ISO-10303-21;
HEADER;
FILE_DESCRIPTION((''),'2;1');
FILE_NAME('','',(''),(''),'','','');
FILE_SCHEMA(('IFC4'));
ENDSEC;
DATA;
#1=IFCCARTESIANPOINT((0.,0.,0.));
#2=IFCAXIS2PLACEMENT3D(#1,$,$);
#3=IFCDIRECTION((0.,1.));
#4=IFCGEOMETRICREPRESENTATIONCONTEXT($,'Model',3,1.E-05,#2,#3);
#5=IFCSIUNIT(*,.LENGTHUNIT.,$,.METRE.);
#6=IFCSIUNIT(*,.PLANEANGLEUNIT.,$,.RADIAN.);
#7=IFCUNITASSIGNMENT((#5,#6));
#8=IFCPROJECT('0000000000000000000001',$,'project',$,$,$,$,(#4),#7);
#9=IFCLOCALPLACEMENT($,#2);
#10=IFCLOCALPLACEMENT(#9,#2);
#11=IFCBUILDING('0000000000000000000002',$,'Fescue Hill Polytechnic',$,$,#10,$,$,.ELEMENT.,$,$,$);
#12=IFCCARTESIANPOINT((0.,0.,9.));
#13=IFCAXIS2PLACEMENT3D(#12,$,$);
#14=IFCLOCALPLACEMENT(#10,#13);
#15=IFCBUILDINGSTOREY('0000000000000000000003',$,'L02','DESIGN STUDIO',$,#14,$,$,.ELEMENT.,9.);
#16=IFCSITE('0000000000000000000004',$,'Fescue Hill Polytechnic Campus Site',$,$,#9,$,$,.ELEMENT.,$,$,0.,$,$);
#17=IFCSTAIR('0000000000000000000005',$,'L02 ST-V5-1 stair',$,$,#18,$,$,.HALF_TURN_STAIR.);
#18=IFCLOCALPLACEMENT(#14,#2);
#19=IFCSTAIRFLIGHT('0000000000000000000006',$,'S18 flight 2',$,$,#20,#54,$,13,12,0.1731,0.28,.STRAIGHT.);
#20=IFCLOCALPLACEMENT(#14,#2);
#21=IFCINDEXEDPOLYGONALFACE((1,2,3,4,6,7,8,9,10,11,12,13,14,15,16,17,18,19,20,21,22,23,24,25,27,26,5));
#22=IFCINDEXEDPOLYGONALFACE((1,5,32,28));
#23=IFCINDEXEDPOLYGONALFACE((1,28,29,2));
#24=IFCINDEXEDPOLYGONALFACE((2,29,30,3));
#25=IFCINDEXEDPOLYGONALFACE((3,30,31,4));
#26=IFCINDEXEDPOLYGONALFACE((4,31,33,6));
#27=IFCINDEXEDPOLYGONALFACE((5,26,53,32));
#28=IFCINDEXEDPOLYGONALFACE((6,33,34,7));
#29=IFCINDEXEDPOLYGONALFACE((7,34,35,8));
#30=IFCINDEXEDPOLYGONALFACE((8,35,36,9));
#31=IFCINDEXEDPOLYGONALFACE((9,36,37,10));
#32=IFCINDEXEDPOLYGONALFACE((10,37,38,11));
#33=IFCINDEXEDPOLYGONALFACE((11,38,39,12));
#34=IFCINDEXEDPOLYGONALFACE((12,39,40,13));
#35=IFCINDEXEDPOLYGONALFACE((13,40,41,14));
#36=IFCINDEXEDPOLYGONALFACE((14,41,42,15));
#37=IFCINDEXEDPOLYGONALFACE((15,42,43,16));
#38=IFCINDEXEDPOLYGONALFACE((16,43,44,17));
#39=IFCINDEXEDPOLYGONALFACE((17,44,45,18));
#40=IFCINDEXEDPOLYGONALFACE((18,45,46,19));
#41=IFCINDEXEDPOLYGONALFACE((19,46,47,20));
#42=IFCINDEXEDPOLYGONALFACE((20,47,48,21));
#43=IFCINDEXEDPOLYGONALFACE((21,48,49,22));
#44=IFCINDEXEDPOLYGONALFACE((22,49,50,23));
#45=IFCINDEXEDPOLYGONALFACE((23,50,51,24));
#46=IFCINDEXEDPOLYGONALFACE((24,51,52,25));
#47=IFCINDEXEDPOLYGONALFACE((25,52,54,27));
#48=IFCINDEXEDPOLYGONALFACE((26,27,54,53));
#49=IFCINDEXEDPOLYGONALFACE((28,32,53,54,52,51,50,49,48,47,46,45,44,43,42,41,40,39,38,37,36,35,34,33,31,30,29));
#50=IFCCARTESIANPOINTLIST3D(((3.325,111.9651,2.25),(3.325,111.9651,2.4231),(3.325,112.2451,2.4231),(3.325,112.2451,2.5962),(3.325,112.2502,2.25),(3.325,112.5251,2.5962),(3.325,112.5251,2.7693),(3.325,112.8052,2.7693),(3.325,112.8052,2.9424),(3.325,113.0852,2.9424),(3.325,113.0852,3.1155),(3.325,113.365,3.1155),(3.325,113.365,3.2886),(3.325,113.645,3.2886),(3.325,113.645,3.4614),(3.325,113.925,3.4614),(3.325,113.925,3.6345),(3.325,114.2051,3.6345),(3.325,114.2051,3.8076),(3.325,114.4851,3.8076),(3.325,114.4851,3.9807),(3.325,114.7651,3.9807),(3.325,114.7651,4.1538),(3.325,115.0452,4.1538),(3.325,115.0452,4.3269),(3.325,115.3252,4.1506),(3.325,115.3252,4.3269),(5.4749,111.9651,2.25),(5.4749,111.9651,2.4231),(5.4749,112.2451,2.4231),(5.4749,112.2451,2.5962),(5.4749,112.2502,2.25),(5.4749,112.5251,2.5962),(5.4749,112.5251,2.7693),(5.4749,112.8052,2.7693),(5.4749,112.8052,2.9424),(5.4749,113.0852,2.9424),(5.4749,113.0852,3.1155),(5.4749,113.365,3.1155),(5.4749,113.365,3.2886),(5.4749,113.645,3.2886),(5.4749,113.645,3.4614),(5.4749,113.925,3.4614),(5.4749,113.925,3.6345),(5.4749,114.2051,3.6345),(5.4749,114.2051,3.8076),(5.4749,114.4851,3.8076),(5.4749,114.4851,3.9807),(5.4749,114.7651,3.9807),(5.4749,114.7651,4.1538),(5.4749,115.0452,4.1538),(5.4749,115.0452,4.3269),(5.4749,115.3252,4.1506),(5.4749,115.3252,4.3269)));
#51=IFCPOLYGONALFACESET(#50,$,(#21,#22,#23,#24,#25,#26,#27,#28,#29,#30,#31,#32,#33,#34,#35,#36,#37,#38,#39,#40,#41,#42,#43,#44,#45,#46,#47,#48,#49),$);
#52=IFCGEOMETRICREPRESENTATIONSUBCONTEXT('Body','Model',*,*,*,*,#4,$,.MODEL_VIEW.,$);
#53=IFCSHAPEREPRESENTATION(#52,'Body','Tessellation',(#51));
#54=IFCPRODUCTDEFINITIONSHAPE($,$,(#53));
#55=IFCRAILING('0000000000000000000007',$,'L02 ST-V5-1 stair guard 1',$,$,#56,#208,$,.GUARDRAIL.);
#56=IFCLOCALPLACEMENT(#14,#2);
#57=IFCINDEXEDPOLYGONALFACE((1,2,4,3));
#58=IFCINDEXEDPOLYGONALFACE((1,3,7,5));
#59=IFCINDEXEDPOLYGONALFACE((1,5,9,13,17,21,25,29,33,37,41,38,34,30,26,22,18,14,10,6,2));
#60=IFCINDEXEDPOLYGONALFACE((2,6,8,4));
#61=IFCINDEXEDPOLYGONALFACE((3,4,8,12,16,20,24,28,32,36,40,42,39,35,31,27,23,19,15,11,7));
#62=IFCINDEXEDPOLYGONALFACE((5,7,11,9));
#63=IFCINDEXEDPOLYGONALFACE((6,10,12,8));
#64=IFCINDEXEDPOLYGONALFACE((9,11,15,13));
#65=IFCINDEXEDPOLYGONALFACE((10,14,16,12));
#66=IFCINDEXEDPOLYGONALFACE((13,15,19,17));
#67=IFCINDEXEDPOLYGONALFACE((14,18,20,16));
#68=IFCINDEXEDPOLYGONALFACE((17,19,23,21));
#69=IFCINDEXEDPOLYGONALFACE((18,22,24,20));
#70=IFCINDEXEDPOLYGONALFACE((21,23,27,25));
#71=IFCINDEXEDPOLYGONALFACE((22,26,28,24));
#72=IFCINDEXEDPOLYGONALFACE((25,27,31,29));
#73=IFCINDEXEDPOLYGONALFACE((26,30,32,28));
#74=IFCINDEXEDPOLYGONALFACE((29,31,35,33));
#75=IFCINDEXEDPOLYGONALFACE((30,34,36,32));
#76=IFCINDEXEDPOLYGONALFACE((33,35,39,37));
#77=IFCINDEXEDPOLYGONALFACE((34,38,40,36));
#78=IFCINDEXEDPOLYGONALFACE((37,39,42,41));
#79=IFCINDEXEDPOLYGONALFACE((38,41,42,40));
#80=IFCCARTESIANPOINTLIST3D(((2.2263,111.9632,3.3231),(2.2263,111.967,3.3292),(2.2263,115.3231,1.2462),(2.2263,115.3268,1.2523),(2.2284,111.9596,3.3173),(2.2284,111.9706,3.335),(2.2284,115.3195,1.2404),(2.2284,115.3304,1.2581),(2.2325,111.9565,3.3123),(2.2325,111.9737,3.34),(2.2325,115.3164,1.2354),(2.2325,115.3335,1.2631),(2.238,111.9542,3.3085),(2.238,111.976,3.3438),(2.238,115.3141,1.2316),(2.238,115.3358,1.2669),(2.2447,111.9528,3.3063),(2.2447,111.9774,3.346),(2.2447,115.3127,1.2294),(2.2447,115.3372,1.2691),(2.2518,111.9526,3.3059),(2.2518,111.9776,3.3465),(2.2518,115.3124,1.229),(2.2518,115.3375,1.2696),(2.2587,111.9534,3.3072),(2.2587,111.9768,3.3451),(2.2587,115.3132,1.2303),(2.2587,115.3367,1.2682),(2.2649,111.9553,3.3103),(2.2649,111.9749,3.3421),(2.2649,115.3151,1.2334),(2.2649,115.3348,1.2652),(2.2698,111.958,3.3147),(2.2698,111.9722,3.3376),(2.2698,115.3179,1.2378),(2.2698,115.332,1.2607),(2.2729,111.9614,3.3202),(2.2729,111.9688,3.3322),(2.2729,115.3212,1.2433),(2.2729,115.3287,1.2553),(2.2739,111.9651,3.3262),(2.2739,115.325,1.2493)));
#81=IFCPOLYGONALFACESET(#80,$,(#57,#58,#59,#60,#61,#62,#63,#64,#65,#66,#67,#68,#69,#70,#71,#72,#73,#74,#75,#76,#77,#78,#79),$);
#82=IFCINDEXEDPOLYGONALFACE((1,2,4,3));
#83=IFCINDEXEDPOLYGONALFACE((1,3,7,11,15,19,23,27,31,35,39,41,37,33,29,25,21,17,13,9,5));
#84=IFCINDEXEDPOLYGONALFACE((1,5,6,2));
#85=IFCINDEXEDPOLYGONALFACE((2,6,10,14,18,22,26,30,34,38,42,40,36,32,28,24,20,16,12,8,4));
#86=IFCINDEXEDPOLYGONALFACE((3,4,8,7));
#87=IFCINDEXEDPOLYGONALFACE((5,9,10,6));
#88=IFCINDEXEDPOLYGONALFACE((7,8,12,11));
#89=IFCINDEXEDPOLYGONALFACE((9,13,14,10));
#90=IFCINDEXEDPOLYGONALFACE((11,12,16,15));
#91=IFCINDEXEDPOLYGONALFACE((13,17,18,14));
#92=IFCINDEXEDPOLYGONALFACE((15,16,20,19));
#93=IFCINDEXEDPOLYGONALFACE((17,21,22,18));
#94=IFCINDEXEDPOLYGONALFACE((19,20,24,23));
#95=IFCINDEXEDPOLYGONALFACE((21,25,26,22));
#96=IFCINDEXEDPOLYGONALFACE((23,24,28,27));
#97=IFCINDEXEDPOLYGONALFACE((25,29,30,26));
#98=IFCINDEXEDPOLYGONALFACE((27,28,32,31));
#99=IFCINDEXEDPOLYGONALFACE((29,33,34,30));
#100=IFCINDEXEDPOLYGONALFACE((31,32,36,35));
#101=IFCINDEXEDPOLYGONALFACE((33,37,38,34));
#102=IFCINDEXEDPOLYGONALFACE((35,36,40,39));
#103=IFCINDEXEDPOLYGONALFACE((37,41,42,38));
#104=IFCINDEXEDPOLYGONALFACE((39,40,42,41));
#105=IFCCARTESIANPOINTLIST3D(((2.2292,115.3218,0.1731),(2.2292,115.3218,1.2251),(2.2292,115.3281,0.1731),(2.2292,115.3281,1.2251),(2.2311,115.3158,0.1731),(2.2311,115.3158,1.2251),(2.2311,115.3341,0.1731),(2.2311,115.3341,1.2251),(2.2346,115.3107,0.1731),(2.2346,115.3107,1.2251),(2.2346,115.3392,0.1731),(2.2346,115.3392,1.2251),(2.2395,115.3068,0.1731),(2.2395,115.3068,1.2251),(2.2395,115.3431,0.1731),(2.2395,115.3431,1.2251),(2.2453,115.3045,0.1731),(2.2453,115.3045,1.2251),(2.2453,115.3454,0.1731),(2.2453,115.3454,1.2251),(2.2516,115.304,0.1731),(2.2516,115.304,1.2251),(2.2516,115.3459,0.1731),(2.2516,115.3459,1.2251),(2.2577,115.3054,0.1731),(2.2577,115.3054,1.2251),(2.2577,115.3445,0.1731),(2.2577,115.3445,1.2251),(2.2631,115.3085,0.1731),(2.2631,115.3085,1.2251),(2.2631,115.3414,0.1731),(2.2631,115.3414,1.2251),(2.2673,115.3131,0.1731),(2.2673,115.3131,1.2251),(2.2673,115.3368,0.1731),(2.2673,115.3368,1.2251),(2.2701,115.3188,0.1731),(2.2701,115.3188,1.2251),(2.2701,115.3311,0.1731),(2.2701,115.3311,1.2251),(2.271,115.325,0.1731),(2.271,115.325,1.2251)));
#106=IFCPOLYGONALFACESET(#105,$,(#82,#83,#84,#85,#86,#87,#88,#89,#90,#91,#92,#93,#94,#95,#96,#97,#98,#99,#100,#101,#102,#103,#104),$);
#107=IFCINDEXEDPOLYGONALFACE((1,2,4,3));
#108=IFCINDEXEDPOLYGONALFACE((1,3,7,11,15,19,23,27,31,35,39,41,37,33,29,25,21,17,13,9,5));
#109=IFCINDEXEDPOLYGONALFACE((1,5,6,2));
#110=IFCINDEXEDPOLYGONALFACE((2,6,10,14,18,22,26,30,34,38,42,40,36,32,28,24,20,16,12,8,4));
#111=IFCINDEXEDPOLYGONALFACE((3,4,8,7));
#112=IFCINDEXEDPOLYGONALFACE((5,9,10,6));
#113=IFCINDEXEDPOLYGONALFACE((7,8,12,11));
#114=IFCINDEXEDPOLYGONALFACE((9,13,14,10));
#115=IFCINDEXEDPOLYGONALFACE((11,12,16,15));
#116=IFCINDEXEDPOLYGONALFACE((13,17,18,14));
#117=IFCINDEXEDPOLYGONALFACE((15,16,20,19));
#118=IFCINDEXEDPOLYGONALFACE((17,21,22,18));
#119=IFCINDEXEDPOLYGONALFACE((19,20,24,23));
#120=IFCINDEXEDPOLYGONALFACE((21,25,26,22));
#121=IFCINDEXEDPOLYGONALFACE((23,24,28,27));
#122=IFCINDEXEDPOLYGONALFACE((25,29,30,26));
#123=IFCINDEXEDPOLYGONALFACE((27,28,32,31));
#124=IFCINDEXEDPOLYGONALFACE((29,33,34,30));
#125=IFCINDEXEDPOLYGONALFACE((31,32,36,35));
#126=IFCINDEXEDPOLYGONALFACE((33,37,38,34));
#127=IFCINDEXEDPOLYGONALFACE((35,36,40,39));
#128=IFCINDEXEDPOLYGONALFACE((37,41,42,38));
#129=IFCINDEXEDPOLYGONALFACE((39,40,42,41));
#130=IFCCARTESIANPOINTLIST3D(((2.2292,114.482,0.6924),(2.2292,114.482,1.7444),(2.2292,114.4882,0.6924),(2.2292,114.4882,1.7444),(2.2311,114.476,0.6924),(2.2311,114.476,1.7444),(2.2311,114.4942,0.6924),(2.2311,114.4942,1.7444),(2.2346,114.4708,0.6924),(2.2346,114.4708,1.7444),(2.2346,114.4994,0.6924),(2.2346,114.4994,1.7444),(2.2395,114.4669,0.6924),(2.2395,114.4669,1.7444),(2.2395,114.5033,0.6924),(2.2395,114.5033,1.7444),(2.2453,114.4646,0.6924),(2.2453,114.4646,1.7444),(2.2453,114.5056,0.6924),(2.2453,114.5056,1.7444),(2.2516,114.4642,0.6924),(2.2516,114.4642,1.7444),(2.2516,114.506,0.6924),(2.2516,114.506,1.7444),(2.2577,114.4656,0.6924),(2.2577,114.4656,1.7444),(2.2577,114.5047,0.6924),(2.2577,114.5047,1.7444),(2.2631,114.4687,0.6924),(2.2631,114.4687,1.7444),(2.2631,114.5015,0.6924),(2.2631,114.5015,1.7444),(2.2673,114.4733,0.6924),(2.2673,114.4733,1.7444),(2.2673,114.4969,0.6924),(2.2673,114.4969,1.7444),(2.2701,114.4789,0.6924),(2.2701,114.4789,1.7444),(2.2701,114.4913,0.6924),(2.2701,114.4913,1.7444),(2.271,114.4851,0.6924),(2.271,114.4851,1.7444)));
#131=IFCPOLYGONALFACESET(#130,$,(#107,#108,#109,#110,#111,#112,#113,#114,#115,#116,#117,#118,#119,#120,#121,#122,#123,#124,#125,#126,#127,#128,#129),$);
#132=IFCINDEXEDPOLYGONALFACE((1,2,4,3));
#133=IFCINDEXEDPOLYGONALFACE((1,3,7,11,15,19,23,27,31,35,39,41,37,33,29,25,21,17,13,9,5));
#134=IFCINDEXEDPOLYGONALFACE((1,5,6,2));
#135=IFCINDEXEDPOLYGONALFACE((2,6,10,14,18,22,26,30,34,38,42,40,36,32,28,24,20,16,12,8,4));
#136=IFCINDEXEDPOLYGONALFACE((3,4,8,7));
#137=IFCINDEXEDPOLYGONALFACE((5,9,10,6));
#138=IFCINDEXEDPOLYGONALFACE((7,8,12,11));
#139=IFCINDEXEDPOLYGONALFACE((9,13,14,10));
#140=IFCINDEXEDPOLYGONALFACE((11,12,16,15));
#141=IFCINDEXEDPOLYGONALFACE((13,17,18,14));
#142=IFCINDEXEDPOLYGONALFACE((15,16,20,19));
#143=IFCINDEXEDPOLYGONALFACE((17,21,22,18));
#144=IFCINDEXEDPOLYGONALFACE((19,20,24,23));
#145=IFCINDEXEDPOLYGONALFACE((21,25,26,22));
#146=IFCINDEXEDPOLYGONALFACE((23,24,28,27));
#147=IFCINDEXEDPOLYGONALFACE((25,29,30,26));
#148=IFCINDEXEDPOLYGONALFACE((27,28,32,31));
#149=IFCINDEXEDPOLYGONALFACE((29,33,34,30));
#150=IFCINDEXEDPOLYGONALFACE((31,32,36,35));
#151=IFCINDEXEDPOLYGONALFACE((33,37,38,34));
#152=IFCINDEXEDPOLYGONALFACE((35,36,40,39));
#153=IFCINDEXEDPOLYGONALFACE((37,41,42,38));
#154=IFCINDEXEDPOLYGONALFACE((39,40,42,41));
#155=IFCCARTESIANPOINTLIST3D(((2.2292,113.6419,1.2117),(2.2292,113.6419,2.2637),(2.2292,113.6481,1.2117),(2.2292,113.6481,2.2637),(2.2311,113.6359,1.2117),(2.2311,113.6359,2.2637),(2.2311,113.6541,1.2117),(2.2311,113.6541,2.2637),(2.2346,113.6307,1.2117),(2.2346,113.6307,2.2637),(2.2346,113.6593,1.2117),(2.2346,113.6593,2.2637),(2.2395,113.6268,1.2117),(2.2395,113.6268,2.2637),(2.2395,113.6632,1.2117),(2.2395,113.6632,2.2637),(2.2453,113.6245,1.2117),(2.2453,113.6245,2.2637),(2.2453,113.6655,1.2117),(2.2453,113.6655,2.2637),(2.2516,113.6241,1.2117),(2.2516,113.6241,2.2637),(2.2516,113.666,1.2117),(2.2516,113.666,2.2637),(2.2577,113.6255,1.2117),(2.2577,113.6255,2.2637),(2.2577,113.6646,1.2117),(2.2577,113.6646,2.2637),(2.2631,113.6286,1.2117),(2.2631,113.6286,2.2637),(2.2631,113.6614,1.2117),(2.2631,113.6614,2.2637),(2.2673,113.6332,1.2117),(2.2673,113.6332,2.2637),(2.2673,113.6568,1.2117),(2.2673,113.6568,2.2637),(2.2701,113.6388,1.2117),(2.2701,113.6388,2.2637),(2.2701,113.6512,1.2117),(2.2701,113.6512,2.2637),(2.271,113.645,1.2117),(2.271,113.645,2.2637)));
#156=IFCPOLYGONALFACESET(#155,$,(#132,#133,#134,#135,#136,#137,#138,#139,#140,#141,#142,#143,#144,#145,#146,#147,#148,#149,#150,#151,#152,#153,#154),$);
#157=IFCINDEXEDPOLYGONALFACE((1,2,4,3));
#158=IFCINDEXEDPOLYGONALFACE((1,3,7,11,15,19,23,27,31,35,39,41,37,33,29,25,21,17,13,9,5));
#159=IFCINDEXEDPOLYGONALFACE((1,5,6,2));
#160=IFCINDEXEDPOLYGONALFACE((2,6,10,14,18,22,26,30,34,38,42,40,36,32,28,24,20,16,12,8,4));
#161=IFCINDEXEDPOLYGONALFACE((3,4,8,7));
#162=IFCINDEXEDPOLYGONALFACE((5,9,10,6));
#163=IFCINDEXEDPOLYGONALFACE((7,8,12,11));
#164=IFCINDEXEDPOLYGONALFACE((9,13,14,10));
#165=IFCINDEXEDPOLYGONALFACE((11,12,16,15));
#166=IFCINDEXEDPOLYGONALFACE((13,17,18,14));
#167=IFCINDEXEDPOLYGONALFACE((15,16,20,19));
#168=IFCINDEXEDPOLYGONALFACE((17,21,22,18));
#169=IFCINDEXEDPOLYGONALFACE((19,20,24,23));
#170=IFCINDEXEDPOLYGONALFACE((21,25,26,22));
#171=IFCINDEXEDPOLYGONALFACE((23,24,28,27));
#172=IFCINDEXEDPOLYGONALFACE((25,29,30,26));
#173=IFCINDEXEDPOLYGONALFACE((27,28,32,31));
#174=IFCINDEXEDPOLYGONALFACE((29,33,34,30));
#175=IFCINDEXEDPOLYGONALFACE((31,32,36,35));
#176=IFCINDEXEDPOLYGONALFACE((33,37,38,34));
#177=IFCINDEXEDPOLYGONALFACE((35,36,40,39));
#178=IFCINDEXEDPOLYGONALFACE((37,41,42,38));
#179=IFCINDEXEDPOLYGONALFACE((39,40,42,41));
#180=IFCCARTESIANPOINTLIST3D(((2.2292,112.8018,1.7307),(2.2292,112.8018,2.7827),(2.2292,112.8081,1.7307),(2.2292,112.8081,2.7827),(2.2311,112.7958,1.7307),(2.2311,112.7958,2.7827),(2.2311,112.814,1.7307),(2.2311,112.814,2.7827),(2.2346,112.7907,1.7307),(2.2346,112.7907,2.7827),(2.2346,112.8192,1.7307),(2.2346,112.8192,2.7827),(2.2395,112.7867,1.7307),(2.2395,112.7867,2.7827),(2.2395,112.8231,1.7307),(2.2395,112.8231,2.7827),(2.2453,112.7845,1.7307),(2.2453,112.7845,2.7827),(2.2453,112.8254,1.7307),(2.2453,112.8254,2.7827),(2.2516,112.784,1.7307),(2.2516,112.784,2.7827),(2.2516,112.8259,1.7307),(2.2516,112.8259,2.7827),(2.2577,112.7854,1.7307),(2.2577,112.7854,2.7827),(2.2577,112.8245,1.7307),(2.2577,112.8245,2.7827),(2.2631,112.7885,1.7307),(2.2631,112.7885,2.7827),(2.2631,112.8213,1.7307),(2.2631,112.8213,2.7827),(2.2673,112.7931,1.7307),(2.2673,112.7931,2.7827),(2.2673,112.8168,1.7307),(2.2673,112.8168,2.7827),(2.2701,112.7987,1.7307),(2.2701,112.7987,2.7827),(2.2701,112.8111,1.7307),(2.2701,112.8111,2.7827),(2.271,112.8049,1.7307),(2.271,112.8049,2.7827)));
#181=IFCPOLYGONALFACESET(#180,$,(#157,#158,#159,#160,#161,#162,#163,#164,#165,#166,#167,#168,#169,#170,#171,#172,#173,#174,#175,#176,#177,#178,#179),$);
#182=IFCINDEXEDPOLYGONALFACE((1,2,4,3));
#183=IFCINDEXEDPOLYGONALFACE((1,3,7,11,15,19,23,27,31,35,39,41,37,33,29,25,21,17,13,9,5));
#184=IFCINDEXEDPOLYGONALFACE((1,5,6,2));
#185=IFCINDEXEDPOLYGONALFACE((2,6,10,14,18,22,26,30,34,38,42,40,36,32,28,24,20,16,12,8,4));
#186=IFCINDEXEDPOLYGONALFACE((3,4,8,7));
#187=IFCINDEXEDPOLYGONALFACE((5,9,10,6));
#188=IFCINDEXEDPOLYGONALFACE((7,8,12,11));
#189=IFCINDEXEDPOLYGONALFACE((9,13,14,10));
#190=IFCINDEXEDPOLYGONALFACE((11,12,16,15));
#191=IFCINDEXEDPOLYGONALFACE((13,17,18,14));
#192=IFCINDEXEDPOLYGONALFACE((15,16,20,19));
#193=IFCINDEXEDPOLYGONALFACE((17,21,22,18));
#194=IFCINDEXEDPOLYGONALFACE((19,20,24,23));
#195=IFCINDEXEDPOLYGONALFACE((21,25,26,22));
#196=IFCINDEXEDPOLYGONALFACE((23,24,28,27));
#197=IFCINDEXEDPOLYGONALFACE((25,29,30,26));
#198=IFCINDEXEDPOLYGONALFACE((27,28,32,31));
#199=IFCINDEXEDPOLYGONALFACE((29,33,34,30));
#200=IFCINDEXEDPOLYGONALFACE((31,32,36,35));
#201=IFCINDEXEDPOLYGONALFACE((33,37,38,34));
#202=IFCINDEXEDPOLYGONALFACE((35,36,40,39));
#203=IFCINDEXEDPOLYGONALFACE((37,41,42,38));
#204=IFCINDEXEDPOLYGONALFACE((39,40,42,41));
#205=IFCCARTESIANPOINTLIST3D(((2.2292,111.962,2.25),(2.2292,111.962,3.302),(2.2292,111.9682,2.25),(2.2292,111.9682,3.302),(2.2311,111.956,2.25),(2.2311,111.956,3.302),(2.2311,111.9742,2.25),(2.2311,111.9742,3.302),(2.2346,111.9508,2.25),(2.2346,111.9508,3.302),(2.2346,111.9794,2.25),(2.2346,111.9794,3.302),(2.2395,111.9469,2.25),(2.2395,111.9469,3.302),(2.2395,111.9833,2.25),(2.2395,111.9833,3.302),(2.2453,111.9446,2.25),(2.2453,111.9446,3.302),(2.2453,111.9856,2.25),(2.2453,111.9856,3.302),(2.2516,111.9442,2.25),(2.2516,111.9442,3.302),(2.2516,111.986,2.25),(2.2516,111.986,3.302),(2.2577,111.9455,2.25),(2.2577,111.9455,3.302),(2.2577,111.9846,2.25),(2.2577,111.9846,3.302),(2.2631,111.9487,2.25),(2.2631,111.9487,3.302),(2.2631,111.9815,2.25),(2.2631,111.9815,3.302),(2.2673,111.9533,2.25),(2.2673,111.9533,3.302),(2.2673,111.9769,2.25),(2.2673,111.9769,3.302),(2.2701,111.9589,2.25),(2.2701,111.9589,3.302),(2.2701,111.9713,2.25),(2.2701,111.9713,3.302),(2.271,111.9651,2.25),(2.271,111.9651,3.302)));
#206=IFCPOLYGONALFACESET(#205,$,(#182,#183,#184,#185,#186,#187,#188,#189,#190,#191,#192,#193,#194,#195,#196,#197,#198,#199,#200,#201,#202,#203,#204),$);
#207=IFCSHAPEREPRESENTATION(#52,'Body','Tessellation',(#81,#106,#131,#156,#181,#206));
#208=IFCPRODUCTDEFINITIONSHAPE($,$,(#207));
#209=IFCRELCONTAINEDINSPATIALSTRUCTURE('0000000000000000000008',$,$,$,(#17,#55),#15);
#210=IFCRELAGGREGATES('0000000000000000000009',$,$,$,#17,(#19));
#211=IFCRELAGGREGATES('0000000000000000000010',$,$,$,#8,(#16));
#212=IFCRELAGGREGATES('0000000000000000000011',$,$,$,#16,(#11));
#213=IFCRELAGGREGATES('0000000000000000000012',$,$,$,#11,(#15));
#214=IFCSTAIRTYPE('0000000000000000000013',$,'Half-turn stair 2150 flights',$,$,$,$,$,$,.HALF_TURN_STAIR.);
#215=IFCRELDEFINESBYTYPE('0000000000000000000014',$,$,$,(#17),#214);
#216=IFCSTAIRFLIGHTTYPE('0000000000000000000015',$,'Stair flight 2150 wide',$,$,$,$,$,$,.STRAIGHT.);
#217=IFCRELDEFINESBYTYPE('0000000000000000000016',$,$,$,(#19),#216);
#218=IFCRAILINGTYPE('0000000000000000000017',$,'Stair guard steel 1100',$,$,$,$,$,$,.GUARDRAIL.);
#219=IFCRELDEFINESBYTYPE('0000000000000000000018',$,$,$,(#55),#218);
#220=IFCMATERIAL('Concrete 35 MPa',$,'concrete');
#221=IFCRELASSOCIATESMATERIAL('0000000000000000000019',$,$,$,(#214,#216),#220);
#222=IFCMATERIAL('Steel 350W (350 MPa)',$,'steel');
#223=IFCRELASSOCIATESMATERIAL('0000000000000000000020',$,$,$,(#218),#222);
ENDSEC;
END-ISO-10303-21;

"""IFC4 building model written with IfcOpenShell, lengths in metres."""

from ifc_helpers import new_model, si_unit, direction, frame, origin, origin_2d, place, context, subcontext, project, spatial, polyline, circle, outline, extrude, material, type_object, element, aggregate, save


model = new_model("IFC4")

# Units and contexts
model_context = context("Model", 3, precision=1e-05, world=origin(), true_north=direction((0.0, 1.0)))
body_context = subcontext(model_context, "Body", "Model", "MODEL_VIEW")
ifc_project = project(units=[si_unit("LENGTHUNIT", "METRE"), si_unit("PLANEANGLEUNIT", "RADIAN")], contexts=[model_context])

# Site, building, storey
site_placement = place(None, origin())
site = spatial("IfcSite", under=ifc_project, at=site_placement, Name="Fescue Hill Polytechnic Campus Site", CompositionType="ELEMENT", RefElevation=0.0)
building_placement = place(site_placement, origin())
building = spatial("IfcBuilding", under=site, at=building_placement, Name="Fescue Hill Polytechnic", CompositionType="ELEMENT")
storey_placement = place(building_placement, frame((0.0, 0.0, 9.0)))
storey = spatial("IfcBuildingStorey", under=building, at=storey_placement, Name="L02", Description="DESIGN STUDIO", CompositionType="ELEMENT", Elevation=9.0)

# Stair, stair flight
ifc_material_1 = material(Name="Concrete 35 MPa", Category="concrete")
stair_type = type_object("IfcStairType", Name="Half-turn stair 2150 flights", PredefinedType="HALF_TURN_STAIR", material=ifc_material_1)
stair_placement = place(storey_placement, origin())
stair = element("IfcStair", 1, at=stair_placement, inside=storey, type_object=stair_type, Name="L02 ST-V5-1 stair", PredefinedType="HALF_TURN_STAIR")
stair_flight_type = type_object("IfcStairFlightType", Name="Stair flight 2150 wide", PredefinedType="STRAIGHT", material=ifc_material_1)
stair_flight_1_placement = place(storey_placement, frame((4.3999, 111.9651, 2.25), z_axis=(0.0, 0.0, 1.0), x_axis=(0.0, 1.0, 0.0)))
stair_flight_1 = element("IfcStairFlight", 2, at=stair_flight_1_placement, type_object=stair_flight_type, Name="S18 flight 2", NumberOfRisers=13, NumberOfTreads=12, PredefinedType="STRAIGHT", RiserHeight=0.1731, TreadLength=0.28, context=body_context, shape_type="SweptSolid", body=[
    extrude(outline(polyline([(0.0, 0.0), (0.0, 0.1731), (0.28, 0.1731), (0.28, 0.3462), (0.5601, 0.3462), (0.5601, 0.5193), (0.8401, 0.5193), (0.8401, 0.6924), (1.1201, 0.6924), (1.1201, 0.8655), (1.3999, 0.8655), (1.3999, 1.0386), (1.6799, 1.0386), (1.6799, 1.2114), (1.96, 1.2114), (1.96, 1.3845), (2.24, 1.3845), (2.24, 1.5576), (2.52, 1.5576), (2.52, 1.7307), (2.8, 1.7307), (2.8, 1.9038), (3.0801, 1.9038), (3.0801, 2.0769), (3.3601, 2.0769), (3.3601, 2.25), (3.3601, 1.9006), (0.2852, 0.0), (0.0, 0.0)])), frame((0.0, 1.075, 0.0), z_axis=(0.0, -1.0, 0.0), x_axis=(1.0, 0.0, 0.0)), (0.0, 0.0, 1.0), 2.1499),
])
aggregate(stair, [stair_flight_1])

# Railing
ifc_material_2 = material(Name="Steel 350W (350 MPa)", Category="steel")
railing_type_1 = type_object("IfcRailingType", Name="Stair guard steel 1100", PredefinedType="GUARDRAIL", material=ifc_material_2)
railing_1_placement = place(storey_placement, frame((2.25, 115.325, 0.1731)))
element("IfcRailing", 3, at=railing_1_placement, inside=storey, type_object=railing_type_1, Name="L02 ST-V5-1 stair guard 1", PredefinedType="GUARDRAIL", context=body_context, shape_type="SweptSolid", body=[
    extrude(circle(Radius=0.0239, at=origin_2d()), frame((0.0, 0.0, 1.0762), z_axis=(0.0, -0.850606, 0.525803), x_axis=(1.0, 0.0, 0.0)), (0.0, 0.0, 1.0), 3.95),
    extrude(circle(Radius=0.021, at=origin_2d()), origin(), (0.0, 0.0, 1.0), 1.052),
    extrude(circle(Radius=0.021, at=origin_2d()), frame((0.0, -0.8398, 0.5193)), (0.0, 0.0, 1.0), 1.052),
    extrude(circle(Radius=0.021, at=origin_2d()), frame((0.0, -1.6799, 1.0386)), (0.0, 0.0, 1.0), 1.052),
    extrude(circle(Radius=0.021, at=origin_2d()), frame((0.0, -2.52, 1.5576)), (0.0, 0.0, 1.0), 1.052),
    extrude(circle(Radius=0.021, at=origin_2d()), frame((0.0, -3.3599, 2.0769)), (0.0, 0.0, 1.0), 1.052),
])

save(model, "model.ifc")
